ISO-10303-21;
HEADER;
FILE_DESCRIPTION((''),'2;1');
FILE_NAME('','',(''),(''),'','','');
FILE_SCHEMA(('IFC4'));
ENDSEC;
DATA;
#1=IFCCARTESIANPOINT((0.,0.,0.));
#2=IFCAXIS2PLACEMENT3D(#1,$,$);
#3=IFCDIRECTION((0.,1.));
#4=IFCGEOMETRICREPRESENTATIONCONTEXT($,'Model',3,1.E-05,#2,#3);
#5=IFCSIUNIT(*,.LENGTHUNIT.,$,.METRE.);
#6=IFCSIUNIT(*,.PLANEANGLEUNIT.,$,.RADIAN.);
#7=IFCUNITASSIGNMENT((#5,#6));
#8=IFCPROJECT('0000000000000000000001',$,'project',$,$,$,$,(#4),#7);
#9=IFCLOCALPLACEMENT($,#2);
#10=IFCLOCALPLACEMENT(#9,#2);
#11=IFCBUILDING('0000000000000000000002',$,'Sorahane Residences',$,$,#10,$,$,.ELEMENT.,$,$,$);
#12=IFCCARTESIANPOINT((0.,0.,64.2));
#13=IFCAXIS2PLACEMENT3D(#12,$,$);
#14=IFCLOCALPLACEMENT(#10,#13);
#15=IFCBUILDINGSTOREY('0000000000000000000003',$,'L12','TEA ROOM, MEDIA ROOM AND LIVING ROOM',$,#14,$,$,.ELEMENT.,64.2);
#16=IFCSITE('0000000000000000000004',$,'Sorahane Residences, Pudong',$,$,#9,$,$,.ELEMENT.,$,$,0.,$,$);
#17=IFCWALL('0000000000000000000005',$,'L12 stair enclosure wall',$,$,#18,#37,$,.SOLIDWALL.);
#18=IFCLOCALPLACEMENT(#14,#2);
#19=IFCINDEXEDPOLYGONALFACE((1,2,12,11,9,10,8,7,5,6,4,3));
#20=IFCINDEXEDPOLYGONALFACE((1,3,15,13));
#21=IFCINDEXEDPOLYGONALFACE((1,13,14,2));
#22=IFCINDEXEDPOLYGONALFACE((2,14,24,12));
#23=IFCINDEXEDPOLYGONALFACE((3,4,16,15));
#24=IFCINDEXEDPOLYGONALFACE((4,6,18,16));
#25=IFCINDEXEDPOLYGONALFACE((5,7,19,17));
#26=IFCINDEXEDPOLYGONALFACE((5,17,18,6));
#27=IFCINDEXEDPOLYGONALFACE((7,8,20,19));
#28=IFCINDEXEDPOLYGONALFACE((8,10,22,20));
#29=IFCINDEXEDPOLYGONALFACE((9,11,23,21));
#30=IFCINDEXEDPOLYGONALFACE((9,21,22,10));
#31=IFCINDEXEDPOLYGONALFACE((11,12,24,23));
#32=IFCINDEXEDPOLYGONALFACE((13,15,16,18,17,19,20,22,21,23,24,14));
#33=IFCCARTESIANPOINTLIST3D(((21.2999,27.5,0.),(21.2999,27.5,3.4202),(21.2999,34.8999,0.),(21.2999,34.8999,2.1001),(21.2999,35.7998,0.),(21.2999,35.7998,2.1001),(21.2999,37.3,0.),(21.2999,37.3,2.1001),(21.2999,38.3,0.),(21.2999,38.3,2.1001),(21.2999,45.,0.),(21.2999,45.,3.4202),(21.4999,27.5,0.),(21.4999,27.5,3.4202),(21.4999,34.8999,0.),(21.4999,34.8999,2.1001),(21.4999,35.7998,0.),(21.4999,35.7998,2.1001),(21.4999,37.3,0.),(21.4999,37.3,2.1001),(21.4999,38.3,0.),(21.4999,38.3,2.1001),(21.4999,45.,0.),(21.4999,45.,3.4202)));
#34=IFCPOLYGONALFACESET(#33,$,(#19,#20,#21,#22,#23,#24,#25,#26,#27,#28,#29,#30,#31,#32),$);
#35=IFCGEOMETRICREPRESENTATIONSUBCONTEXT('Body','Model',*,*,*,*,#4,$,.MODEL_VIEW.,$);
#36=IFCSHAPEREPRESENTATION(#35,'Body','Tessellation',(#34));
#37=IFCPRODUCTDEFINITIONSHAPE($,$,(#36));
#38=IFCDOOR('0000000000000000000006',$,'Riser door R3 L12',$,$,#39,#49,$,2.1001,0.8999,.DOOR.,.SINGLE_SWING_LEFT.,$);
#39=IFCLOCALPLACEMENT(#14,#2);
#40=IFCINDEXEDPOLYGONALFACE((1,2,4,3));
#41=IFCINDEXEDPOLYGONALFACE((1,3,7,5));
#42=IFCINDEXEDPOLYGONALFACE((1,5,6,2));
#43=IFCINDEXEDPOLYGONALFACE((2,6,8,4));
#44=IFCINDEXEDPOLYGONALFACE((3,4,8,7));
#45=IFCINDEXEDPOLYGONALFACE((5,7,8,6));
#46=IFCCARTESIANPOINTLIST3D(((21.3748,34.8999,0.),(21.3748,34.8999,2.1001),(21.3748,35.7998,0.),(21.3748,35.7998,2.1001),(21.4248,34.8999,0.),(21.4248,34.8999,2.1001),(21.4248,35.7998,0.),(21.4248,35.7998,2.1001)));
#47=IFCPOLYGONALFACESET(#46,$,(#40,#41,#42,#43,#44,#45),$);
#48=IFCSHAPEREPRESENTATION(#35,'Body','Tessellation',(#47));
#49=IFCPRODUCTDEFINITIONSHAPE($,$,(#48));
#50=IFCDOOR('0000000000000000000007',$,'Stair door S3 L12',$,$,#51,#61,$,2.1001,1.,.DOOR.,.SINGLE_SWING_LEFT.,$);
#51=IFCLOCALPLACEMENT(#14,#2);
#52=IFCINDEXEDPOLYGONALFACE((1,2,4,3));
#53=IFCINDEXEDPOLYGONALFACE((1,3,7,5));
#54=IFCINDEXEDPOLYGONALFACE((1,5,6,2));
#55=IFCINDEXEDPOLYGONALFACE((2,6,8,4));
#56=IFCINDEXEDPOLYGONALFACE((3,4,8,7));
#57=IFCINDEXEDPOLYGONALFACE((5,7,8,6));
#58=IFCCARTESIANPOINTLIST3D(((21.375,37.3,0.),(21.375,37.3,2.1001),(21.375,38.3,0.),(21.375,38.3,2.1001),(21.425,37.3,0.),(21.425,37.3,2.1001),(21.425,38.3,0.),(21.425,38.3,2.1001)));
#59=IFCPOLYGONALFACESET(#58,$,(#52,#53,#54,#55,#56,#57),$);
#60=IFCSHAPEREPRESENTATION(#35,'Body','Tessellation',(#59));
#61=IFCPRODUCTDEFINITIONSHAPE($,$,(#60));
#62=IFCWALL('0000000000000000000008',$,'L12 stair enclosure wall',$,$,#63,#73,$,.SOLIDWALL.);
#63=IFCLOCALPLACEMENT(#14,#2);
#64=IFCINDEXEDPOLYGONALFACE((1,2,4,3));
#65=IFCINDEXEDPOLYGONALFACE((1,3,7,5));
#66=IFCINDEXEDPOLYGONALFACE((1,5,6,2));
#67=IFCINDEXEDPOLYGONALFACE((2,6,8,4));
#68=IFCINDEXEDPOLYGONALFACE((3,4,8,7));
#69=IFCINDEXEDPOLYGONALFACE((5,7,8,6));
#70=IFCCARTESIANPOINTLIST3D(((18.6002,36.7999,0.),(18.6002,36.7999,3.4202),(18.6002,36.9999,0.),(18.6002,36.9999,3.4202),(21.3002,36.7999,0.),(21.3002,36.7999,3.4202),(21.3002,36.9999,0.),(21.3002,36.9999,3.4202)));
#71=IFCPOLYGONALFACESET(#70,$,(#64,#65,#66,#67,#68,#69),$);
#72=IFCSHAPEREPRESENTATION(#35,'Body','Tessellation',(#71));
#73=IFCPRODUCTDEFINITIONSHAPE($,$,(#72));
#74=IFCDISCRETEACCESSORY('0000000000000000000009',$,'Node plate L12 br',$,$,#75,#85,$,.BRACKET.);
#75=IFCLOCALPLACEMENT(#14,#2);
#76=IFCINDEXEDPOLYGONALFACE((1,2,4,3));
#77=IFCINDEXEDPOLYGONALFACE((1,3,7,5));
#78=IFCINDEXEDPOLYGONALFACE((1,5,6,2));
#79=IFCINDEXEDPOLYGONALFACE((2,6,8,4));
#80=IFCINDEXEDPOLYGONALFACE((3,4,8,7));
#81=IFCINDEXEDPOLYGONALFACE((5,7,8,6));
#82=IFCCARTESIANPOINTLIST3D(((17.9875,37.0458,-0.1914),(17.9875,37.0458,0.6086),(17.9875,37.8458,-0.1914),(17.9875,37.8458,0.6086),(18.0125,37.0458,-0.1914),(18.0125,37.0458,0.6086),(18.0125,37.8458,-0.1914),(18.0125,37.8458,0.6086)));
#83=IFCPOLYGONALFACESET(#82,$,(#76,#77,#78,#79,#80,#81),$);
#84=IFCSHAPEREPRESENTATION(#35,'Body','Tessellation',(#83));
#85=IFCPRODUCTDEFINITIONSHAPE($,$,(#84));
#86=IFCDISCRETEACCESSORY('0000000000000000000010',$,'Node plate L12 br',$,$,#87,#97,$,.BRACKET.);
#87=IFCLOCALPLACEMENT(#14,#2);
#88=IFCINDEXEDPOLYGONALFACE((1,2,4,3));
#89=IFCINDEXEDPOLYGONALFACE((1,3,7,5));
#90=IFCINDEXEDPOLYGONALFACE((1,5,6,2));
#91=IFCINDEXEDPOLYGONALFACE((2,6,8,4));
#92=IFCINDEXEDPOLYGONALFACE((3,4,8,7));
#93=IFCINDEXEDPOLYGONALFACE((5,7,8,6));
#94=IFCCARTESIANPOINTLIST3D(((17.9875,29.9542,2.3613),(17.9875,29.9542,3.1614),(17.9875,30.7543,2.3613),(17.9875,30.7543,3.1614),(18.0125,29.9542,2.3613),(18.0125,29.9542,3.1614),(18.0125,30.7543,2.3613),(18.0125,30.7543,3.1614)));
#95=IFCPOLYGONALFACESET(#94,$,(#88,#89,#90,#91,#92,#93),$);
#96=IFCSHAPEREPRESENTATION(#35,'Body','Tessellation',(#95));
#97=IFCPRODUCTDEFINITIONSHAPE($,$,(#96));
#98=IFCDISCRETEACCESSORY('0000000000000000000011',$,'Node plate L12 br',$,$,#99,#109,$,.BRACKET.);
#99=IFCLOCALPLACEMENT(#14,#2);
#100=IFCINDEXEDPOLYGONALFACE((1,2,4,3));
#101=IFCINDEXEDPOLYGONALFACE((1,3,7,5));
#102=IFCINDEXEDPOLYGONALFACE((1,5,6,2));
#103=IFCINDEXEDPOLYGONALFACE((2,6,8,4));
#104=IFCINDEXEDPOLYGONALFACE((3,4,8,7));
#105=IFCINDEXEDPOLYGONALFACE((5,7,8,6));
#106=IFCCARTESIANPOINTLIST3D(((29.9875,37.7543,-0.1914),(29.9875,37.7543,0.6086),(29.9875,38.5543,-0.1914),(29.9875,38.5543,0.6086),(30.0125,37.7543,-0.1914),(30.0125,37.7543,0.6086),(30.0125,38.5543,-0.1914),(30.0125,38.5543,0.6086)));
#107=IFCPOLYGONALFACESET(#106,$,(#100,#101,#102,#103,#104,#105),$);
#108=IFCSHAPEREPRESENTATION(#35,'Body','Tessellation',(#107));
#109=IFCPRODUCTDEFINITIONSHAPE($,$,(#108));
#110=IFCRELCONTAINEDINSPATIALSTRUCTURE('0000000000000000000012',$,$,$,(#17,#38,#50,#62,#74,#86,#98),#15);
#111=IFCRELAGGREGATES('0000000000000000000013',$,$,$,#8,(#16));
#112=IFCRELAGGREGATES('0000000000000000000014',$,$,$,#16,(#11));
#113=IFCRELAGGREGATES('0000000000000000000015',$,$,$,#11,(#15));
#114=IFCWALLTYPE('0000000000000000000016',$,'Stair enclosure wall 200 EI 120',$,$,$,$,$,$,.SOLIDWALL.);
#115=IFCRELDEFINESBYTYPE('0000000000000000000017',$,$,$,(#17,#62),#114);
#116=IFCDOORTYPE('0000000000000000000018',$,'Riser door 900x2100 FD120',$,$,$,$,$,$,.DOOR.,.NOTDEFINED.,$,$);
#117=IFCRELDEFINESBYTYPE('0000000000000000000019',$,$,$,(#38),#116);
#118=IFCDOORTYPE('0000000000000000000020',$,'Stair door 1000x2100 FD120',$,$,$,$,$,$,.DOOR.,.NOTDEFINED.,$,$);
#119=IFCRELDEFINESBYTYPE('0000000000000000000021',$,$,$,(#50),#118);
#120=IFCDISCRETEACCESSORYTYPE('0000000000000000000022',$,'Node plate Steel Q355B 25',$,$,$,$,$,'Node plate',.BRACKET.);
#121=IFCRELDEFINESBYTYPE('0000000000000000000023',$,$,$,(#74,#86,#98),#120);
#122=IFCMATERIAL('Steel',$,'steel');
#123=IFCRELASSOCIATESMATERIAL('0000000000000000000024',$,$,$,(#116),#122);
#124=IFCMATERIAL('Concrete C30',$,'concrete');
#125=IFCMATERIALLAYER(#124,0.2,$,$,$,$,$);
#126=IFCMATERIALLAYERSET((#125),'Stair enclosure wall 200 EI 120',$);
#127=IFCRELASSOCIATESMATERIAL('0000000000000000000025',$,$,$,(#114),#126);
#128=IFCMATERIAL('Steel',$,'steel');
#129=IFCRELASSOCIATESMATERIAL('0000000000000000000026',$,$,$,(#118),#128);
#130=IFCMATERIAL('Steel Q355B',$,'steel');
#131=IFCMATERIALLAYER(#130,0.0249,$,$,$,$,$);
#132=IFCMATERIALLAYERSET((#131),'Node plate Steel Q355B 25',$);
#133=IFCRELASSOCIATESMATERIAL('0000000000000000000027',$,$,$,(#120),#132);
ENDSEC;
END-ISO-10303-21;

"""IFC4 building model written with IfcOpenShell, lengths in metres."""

from ifc_helpers import new_model, si_unit, direction, frame, frame_2d, origin, origin_2d, place, context, subcontext, project, spatial, rectangle, extrude, material, layer, layer_set, type_object, element, fill, save


model = new_model("IFC4")

# Units and contexts
model_context = context("Model", 3, precision=1e-05, world=origin(), true_north=direction((0.0, 1.0)))
body_context = subcontext(model_context, "Body", "Model", "MODEL_VIEW")
ifc_project = project(units=[si_unit("LENGTHUNIT", "METRE"), si_unit("PLANEANGLEUNIT", "RADIAN")], contexts=[model_context])

# Site, building, storey
site_placement = place(None, origin())
site = spatial("IfcSite", under=ifc_project, at=site_placement, Name="Sorahane Residences, Pudong", CompositionType="ELEMENT", RefElevation=0.0)
building_placement = place(site_placement, origin())
building = spatial("IfcBuilding", under=site, at=building_placement, Name="Sorahane Residences", CompositionType="ELEMENT")
storey_placement = place(building_placement, frame((0.0, 0.0, 64.2)))
storey = spatial("IfcBuildingStorey", under=building, at=storey_placement, Name="L12", Description="TEA ROOM, MEDIA ROOM AND LIVING ROOM", CompositionType="ELEMENT", Elevation=64.2)

# Shared definitions
ifc_material_1 = material(Name="Steel", Category="steel")
door_type_1 = type_object("IfcDoorType", Name="Riser door 900x2100 FD120", OperationType="NOTDEFINED", PredefinedType="DOOR", material=ifc_material_1)

# Wall, openings, doors
ifc_material_2 = material(Name="Concrete C30", Category="concrete")
ifc_layer_1 = layer(ifc_material_2, 0.2)
ifc_layer_set_1 = layer_set([ifc_layer_1], Name="Stair enclosure wall 200 EI 120")
wall_type_1 = type_object("IfcWallType", Name="Stair enclosure wall 200 EI 120", PredefinedType="SOLIDWALL", material=ifc_layer_set_1)
wall_1_placement = place(storey_placement, frame((21.3999, 27.5, 0.0), z_axis=(0.0, 0.0, 1.0), x_axis=(0.0, 1.0, 0.0)))
wall_1 = element("IfcWall", 1, at=wall_1_placement, inside=storey, type_object=wall_type_1, Name="L12 stair enclosure wall", PredefinedType="SOLIDWALL", context=body_context, shape_type="SweptSolid", body=[
    extrude(rectangle(XDim=17.5, YDim=0.2, at=frame_2d((8.75, 0.0))), origin(), (0.0, 0.0, 1.0), 3.4202),
])
opening_1_placement = place(wall_1_placement, frame((9.8, 0.0, 0.0)))
opening_1 = element("IfcOpeningElement", 2, at=opening_1_placement, cuts=wall_1, PredefinedType="OPENING", context=body_context, shape_type="SweptSolid", body=[
    extrude(rectangle(XDim=1.0, YDim=2.1001, at=frame_2d((0.5, 1.05))), frame((0.0, 0.1099, 0.0), z_axis=(0.0, -1.0, 0.0), x_axis=(1.0, 0.0, 0.0)), (0.0, 0.0, 1.0), 0.22),
])
opening_2_placement = place(wall_1_placement, frame((7.3999, 0.0, 0.0)))
opening_2 = element("IfcOpeningElement", 3, at=opening_2_placement, cuts=wall_1, PredefinedType="OPENING", context=body_context, shape_type="SweptSolid", body=[
    extrude(rectangle(XDim=0.8999, YDim=2.1001, at=frame_2d((0.45, 1.05))), frame((0.0, 0.1099, 0.0), z_axis=(0.0, -1.0, 0.0), x_axis=(1.0, 0.0, 0.0)), (0.0, 0.0, 1.0), 0.22),
])
door_1_placement = place(opening_2_placement, frame((0.8999, 0.0, 0.0), z_axis=(0.0, 0.0, 1.0), x_axis=(-1.0, 0.0, 0.0)))
door_1 = element("IfcDoor", 4, at=door_1_placement, inside=storey, type_object=door_type_1, Name="Riser door R3 L12", OperationType="SINGLE_SWING_LEFT", OverallHeight=2.1001, OverallWidth=0.8999, PredefinedType="DOOR", context=body_context, shape_type="SweptSolid", body=[
    extrude(rectangle(XDim=0.8999, YDim=2.1001, at=frame_2d((0.45, 1.05))), frame((0.0, 0.0249, 0.0), z_axis=(0.0, -1.0, 0.0), x_axis=(1.0, 0.0, 0.0)), (0.0, 0.0, 1.0), 0.05),
])
fill(opening_2, door_1)
ifc_material_3 = material(Name="Steel", Category="steel")
door_type_2 = type_object("IfcDoorType", Name="Stair door 1000x2100 FD120", OperationType="NOTDEFINED", PredefinedType="DOOR", material=ifc_material_3)
door_2_placement = place(opening_1_placement, origin())
door_2 = element("IfcDoor", 5, at=door_2_placement, inside=storey, type_object=door_type_2, Name="Stair door S3 L12", OperationType="SINGLE_SWING_LEFT", OverallHeight=2.1001, OverallWidth=1.0, PredefinedType="DOOR", context=body_context, shape_type="SweptSolid", body=[
    extrude(rectangle(XDim=1.0, YDim=2.1001, at=frame_2d((0.5, 1.05))), frame((0.0, 0.0249, 0.0), z_axis=(0.0, -1.0, 0.0), x_axis=(1.0, 0.0, 0.0)), (0.0, 0.0, 1.0), 0.05),
])
fill(opening_1, door_2)

# Wall
wall_2_placement = place(storey_placement, frame((18.6001, 36.8999, 0.0), z_axis=(0.0, 0.0, 1.0), x_axis=(1.0, 0.0, 0.0)))
element("IfcWall", 6, at=wall_2_placement, inside=storey, type_object=wall_type_1, Name="L12 stair enclosure wall", PredefinedType="SOLIDWALL", context=body_context, shape_type="SweptSolid", body=[
    extrude(rectangle(XDim=2.7, YDim=0.2, at=frame_2d((1.3501, 0.0))), origin(), (0.0, 0.0, 1.0), 3.4202),
])

# Discrete accessories
ifc_material_4 = material(Name="Steel Q355B", Category="steel")
ifc_layer_2 = layer(ifc_material_4, 0.0249)
ifc_layer_set_2 = layer_set([ifc_layer_2], Name="Node plate Steel Q355B 25")
discrete_accessory_type = type_object("IfcDiscreteAccessoryType", Name="Node plate Steel Q355B 25", ElementType="Node plate", PredefinedType="BRACKET", material=ifc_layer_set_2)
for number, where, z_axis, x_axis, name in (
    (7, (18.0, 37.4458, -0.1914), (0.0, 0.0, 1.0), (0.0, 1.0, 0.0), "Node plate L12 br"),
    (8, (18.0, 30.3542, 2.3613), (0.0, 0.0, 1.0), (0.0, 1.0, 0.0), "Node plate L12 br"),
    (9, (30.0, 38.1543, -0.1914), (0.0, 0.0, 1.0), (0.0, 1.0, 0.0), "Node plate L12 br"),
):
    element("IfcDiscreteAccessory", number, at=place(storey_placement, frame(where, z_axis=z_axis, x_axis=x_axis)), inside=storey, type_object=discrete_accessory_type, Name=name, PredefinedType="BRACKET", context=body_context, shape_type="SweptSolid", body=[
        extrude(rectangle(XDim=0.8, YDim=0.0249, at=origin_2d()), origin(), (0.0, 0.0, 1.0), 0.8),
    ])

save(model, "model.ifc")
